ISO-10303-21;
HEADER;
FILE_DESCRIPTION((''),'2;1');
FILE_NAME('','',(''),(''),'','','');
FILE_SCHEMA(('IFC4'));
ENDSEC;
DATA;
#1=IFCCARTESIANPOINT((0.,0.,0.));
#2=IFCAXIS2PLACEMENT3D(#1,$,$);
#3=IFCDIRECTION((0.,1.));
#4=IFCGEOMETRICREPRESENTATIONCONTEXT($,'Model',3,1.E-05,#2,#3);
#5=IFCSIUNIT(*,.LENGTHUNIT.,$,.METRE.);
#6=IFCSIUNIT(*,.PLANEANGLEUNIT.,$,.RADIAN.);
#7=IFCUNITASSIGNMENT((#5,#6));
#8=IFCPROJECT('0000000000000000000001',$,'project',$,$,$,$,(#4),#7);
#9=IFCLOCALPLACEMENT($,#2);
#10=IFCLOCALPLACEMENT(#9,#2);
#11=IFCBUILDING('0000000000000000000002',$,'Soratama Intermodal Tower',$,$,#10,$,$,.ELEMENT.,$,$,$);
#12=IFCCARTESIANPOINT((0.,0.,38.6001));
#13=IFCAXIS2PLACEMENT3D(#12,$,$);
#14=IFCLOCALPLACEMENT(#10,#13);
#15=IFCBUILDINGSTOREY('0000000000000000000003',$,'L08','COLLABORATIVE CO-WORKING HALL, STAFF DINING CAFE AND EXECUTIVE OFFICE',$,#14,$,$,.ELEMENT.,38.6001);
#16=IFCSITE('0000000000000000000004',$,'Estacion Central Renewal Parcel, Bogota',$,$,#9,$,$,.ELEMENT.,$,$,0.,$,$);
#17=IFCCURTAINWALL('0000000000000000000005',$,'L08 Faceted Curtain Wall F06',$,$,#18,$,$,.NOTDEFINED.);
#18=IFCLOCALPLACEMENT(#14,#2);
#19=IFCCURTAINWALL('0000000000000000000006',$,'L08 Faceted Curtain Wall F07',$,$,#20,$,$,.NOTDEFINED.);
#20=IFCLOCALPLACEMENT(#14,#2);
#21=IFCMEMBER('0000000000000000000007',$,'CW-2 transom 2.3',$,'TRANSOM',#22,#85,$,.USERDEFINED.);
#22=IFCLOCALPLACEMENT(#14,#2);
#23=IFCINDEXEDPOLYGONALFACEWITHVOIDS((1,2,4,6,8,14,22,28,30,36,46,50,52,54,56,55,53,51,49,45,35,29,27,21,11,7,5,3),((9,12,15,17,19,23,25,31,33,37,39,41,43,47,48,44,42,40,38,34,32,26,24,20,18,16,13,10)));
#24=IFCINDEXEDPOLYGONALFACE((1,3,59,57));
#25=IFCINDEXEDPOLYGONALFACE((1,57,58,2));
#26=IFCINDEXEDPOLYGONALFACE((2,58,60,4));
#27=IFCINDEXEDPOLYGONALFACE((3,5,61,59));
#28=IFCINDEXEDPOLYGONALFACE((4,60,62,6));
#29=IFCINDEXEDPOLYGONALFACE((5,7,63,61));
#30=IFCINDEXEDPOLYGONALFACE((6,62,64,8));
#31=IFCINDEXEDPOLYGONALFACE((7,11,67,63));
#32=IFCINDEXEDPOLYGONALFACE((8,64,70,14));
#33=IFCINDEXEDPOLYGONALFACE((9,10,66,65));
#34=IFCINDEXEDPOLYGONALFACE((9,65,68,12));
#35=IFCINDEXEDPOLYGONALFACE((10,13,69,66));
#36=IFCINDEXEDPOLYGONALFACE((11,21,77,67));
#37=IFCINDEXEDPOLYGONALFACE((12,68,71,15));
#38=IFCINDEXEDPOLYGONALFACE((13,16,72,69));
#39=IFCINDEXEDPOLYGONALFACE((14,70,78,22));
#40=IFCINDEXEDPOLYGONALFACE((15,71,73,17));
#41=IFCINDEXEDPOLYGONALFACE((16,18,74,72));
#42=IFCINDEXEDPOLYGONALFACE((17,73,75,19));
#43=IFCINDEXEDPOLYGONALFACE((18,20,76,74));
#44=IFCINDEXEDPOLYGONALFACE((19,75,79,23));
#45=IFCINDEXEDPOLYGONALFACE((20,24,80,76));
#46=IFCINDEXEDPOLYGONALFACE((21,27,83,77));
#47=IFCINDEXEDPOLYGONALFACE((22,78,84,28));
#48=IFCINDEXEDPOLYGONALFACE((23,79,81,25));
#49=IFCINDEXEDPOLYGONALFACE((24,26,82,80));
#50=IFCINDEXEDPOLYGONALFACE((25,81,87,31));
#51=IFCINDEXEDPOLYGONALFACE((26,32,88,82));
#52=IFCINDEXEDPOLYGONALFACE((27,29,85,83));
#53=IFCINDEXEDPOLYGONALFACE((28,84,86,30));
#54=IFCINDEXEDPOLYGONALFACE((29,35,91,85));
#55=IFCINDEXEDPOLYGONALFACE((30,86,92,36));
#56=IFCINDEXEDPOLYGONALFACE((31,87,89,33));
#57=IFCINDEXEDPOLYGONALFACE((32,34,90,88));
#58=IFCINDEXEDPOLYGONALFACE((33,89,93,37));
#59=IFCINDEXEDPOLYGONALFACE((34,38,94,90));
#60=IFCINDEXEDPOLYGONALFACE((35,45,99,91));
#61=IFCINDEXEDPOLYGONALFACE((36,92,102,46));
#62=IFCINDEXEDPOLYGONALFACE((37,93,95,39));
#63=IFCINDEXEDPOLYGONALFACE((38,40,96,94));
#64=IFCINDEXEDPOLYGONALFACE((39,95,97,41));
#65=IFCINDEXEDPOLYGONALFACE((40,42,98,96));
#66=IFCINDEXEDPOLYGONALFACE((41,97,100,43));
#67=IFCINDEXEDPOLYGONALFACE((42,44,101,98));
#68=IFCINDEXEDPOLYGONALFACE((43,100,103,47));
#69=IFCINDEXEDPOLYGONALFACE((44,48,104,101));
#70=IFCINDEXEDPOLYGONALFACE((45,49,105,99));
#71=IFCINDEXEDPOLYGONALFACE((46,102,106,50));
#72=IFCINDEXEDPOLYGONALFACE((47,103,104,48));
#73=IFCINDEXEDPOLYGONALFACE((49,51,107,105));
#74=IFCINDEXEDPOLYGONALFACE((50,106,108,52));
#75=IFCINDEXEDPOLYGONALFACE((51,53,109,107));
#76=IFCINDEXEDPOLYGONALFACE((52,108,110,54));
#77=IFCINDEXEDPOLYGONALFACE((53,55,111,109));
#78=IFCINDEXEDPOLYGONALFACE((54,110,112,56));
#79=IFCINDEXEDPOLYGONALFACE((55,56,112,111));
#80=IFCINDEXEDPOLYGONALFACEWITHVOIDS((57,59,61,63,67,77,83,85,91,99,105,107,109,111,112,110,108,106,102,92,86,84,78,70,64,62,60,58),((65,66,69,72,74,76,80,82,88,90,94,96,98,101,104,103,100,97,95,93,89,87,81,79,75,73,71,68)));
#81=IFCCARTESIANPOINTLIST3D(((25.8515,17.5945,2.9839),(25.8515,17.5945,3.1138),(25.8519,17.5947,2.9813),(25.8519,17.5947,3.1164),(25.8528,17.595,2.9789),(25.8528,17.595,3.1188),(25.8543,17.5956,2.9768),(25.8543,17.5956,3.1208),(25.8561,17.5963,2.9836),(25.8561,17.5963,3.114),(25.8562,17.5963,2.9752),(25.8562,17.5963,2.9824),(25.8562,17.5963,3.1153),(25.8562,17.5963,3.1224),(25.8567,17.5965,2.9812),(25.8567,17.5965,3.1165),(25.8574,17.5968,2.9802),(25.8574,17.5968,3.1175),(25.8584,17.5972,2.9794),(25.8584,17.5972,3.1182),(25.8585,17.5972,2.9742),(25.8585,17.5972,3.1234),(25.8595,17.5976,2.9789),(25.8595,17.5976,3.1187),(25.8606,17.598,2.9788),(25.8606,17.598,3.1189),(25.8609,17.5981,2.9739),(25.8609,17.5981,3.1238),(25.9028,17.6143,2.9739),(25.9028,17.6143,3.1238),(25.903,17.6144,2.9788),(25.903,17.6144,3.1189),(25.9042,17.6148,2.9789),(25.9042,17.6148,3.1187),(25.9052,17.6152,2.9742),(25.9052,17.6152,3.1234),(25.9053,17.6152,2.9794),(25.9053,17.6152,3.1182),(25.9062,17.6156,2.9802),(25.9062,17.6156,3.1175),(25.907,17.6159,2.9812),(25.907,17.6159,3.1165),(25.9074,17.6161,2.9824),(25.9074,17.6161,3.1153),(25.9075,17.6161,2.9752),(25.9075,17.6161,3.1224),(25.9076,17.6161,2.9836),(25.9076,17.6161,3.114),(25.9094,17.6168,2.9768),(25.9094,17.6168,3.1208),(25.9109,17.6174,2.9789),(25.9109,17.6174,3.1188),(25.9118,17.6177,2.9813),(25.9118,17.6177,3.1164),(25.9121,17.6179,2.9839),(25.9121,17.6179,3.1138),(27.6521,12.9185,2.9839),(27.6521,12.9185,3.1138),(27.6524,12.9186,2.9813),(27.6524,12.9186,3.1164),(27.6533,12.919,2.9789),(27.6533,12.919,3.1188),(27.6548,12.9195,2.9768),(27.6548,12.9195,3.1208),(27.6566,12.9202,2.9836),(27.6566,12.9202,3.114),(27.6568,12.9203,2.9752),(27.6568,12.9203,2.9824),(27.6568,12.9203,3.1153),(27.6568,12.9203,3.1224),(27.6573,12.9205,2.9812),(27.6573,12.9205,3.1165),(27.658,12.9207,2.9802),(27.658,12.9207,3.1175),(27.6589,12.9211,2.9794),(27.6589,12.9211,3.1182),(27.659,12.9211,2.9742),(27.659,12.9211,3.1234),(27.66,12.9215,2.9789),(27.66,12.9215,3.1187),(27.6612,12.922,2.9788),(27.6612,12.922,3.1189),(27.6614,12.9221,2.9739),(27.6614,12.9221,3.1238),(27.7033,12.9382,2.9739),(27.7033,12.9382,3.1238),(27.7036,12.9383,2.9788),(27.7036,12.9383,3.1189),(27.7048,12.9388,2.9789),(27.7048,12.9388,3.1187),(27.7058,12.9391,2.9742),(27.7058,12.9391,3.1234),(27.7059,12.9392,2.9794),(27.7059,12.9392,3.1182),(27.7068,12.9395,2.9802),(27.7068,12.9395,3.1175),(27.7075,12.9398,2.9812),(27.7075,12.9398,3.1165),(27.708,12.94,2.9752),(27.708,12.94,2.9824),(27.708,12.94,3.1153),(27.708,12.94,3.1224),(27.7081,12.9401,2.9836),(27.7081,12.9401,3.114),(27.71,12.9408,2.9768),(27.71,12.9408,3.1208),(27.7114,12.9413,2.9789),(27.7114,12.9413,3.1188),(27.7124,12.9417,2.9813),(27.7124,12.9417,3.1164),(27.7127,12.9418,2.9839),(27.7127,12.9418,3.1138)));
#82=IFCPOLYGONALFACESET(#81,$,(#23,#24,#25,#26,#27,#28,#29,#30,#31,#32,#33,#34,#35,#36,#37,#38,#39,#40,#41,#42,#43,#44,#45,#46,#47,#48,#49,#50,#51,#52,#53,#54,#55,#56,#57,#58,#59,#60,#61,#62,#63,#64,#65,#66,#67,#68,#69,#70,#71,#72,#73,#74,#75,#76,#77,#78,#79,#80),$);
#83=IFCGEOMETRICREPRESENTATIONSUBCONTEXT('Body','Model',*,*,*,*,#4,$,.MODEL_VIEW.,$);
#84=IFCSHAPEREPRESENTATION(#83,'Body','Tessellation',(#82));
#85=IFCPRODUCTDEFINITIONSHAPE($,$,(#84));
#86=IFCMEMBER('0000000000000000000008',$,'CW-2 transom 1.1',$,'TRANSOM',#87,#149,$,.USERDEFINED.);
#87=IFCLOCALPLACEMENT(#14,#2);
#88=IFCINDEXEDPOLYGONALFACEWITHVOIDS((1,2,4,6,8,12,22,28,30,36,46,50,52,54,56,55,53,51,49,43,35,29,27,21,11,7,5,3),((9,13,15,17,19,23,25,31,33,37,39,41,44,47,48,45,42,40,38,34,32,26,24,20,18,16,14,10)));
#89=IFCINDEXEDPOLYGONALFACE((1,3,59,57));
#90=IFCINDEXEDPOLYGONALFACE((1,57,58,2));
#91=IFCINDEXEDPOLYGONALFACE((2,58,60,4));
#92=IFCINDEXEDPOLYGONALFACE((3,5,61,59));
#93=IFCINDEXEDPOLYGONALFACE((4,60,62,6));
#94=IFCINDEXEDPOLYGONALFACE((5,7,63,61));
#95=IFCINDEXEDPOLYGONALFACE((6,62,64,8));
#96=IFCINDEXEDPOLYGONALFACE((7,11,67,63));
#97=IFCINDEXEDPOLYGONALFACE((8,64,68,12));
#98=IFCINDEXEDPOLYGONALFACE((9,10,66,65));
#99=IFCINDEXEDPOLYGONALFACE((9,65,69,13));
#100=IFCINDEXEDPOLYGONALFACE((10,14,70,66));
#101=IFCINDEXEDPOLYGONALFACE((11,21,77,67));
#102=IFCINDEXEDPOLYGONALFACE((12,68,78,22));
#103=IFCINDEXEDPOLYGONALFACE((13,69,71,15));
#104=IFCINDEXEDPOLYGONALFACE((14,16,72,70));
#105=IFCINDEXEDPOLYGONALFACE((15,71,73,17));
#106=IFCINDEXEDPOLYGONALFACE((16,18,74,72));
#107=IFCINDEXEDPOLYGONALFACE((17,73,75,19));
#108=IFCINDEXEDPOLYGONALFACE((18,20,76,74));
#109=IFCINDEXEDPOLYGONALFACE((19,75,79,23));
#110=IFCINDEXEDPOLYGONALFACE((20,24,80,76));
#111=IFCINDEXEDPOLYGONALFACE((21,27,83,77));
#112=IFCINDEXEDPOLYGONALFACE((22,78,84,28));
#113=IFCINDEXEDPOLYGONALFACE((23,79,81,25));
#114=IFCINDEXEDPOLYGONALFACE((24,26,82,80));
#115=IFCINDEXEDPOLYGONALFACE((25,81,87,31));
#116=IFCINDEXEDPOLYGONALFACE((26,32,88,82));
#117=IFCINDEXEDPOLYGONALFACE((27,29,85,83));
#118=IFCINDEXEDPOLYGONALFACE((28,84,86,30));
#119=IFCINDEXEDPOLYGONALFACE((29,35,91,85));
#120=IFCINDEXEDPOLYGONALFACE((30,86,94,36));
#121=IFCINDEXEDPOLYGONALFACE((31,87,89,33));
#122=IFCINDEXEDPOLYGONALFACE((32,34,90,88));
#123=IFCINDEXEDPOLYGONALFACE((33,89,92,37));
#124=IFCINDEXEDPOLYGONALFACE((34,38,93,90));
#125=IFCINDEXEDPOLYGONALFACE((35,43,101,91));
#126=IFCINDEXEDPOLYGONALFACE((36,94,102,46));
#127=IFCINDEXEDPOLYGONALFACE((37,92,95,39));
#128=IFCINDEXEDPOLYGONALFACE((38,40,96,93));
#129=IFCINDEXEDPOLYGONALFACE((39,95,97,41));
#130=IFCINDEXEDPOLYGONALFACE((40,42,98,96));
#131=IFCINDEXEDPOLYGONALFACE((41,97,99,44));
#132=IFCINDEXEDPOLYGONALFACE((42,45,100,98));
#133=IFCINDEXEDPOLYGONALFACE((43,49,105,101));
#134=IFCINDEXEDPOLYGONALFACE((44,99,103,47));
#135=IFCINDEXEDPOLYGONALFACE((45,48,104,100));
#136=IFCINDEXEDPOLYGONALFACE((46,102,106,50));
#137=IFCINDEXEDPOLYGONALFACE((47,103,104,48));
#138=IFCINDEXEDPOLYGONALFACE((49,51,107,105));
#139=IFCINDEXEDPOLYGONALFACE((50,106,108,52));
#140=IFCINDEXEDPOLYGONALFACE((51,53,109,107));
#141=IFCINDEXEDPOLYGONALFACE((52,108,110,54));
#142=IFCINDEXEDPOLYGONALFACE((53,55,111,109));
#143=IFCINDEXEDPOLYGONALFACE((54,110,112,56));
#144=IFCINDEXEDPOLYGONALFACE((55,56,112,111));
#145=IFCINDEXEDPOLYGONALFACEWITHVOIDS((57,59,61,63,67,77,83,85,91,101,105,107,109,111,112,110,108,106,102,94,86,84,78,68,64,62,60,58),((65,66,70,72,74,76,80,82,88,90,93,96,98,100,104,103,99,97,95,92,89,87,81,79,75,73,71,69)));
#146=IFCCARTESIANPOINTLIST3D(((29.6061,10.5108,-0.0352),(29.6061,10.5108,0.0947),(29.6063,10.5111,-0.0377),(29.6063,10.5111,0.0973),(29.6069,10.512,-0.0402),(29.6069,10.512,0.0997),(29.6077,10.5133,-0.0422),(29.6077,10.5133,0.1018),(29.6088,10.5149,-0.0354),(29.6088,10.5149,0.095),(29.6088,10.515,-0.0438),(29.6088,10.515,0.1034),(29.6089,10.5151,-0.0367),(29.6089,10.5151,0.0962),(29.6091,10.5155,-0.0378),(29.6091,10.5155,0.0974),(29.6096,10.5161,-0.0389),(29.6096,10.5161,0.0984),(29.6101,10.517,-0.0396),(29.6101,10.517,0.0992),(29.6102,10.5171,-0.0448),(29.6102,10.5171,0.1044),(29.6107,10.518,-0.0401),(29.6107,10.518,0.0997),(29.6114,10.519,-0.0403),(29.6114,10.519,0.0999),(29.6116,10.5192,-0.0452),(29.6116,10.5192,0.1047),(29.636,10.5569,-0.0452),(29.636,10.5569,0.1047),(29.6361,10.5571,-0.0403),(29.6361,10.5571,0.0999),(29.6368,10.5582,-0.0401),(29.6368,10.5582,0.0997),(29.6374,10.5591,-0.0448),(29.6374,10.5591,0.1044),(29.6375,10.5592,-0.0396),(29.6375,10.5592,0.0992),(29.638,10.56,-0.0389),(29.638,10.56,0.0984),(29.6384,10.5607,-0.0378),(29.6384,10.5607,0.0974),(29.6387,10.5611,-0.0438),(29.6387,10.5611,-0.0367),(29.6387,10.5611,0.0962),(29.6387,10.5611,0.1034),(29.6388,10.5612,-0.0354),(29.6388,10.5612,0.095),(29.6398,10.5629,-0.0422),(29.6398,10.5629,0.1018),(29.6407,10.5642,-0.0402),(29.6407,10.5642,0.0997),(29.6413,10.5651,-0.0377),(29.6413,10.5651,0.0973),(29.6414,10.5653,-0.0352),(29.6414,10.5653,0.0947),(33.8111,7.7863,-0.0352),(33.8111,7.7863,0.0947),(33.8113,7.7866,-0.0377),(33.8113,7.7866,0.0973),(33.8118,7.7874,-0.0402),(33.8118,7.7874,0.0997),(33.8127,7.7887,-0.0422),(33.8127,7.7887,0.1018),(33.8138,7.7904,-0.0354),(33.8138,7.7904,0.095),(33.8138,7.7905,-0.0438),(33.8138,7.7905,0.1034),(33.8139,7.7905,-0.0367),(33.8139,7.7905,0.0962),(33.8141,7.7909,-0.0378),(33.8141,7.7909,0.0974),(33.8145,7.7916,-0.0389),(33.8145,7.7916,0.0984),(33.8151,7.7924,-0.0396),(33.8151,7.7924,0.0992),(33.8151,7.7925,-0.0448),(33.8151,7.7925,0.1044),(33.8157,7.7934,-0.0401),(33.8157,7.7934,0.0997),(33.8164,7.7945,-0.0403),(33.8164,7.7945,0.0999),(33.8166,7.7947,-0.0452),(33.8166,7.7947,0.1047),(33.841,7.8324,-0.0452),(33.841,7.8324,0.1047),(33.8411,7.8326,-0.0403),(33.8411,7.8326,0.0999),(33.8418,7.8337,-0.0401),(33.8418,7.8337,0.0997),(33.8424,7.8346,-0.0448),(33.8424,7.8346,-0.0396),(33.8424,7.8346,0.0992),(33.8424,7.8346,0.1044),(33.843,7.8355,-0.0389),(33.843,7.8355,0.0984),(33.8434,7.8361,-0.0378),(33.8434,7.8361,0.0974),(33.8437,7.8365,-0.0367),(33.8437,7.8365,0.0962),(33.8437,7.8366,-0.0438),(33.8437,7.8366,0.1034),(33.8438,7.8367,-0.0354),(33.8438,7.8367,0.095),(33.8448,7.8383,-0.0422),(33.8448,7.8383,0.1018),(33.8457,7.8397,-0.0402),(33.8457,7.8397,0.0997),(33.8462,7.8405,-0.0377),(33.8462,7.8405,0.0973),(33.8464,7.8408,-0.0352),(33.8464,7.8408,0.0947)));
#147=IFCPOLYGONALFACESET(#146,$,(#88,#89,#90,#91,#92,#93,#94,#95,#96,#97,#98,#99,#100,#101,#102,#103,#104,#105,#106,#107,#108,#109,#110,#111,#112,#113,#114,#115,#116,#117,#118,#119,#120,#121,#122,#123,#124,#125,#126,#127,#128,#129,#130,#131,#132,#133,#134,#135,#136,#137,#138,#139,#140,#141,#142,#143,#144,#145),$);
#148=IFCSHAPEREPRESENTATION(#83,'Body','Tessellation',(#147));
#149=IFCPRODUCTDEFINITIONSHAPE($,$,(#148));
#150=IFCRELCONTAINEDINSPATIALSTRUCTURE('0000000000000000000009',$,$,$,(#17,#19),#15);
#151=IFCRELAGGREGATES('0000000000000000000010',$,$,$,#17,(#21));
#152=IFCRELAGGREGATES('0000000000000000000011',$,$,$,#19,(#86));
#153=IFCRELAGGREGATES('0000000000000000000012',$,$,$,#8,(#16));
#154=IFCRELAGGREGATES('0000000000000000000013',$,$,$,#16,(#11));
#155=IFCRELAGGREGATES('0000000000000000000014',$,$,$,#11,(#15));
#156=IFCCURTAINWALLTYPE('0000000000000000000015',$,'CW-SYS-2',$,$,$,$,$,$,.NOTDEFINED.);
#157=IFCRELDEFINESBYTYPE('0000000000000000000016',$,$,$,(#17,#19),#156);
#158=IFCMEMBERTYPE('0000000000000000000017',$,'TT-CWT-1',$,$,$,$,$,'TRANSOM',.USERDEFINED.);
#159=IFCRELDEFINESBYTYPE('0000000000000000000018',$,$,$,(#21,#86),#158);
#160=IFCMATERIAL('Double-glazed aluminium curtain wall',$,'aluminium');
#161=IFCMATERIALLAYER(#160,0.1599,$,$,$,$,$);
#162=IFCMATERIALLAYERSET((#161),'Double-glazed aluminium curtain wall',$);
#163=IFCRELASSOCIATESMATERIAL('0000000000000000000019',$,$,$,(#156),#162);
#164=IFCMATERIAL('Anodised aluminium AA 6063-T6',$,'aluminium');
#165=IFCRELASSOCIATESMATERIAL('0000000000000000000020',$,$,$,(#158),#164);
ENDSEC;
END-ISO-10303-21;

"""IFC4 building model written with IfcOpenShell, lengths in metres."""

from ifc_helpers import new_model, si_unit, direction, frame, origin, origin_2d, place, context, subcontext, project, spatial, hollow_rectangle, extrude, material, layer, layer_set, material_profile, profile_set, type_object, element, aggregate, save


model = new_model("IFC4")

# Units and contexts
model_context = context("Model", 3, precision=1e-05, world=origin(), true_north=direction((0.0, 1.0)))
body_context = subcontext(model_context, "Body", "Model", "MODEL_VIEW")
ifc_project = project(units=[si_unit("LENGTHUNIT", "METRE"), si_unit("PLANEANGLEUNIT", "RADIAN")], contexts=[model_context])

# Site, building, storey
site_placement = place(None, origin())
site = spatial("IfcSite", under=ifc_project, at=site_placement, Name="Estacion Central Renewal Parcel, Bogota", CompositionType="ELEMENT", RefElevation=0.0)
building_placement = place(site_placement, origin())
building = spatial("IfcBuilding", under=site, at=building_placement, Name="Soratama Intermodal Tower", CompositionType="ELEMENT")
storey_placement = place(building_placement, frame((0.0, 0.0, 38.6001)))
storey = spatial("IfcBuildingStorey", under=building, at=storey_placement, Name="L08", Description="COLLABORATIVE CO-WORKING HALL, STAFF DINING CAFE AND EXECUTIVE OFFICE", CompositionType="ELEMENT", Elevation=38.6001)

# Curtain walls
ifc_material_1 = material(Name="Double-glazed aluminium curtain wall", Category="aluminium")
ifc_layer_1 = layer(ifc_material_1, 0.1599)
ifc_layer_set_1 = layer_set([ifc_layer_1], Name="Double-glazed aluminium curtain wall")
curtain_wall_type = type_object("IfcCurtainWallType", Name="CW-SYS-2", PredefinedType="NOTDEFINED", material=ifc_layer_set_1)
curtain_wall_1_placement = place(storey_placement, origin())
curtain_wall_1 = element("IfcCurtainWall", 1, at=curtain_wall_1_placement, inside=storey, type_object=curtain_wall_type, Name="L08 Faceted Curtain Wall F06", PredefinedType="NOTDEFINED")
curtain_wall_2_placement = place(storey_placement, origin())
curtain_wall_2 = element("IfcCurtainWall", 2, at=curtain_wall_2_placement, inside=storey, type_object=curtain_wall_type, Name="L08 Faceted Curtain Wall F07", PredefinedType="NOTDEFINED")

# Members
ifc_material_2 = material(Name="Anodised aluminium AA 6063-T6", Category="aluminium")
ifc_material_profile_1 = material_profile(ifc_material_2, hollow_rectangle(XDim=0.0649, YDim=0.1499, WallThickness=0.0049, InnerFilletRadius=0.0049, OuterFilletRadius=0.01, at=origin_2d()), Name="CWT150X65X5")
ifc_profile_set_1 = profile_set([ifc_material_profile_1], Name="Anodised aluminium AA 6063-T6")
member_type_1 = type_object("IfcMemberType", Name="TT-CWT-1", ElementType="TRANSOM", PredefinedType="USERDEFINED", material=ifc_profile_set_1)
member_1_placement = place(storey_placement, frame((25.8818, 17.6062, 3.0488), z_axis=(0.359338, -0.933207, 0.0), x_axis=(0.933207, 0.359338, 0.0)))
member_1 = element("IfcMember", 3, at=member_1_placement, type_object=member_type_1, Name="CW-2 transom 2.3", ObjectType="TRANSOM", PredefinedType="USERDEFINED", context=body_context, shape_type="SweptSolid", body=[
    extrude(hollow_rectangle(XDim=0.0649, YDim=0.1499, WallThickness=0.0049, InnerFilletRadius=0.0049, OuterFilletRadius=0.01, at=origin_2d()), origin(), (0.0, 0.0, 1.0), 5.0107),
])
member_2_placement = place(storey_placement, frame((29.6238, 10.5381, 0.0298), z_axis=(0.839235, -0.543768, 0.0), x_axis=(0.543768, 0.839235, 0.0)))
member_2 = element("IfcMember", 4, at=member_2_placement, type_object=member_type_1, Name="CW-2 transom 1.1", ObjectType="TRANSOM", PredefinedType="USERDEFINED", context=body_context, shape_type="SweptSolid", body=[
    extrude(hollow_rectangle(XDim=0.0649, YDim=0.1499, WallThickness=0.0049, InnerFilletRadius=0.0049, OuterFilletRadius=0.01, at=origin_2d()), origin(), (0.0, 0.0, 1.0), 5.0105),
])

aggregate(curtain_wall_1, [member_1])
aggregate(curtain_wall_2, [member_2])

save(model, "model.ifc")
